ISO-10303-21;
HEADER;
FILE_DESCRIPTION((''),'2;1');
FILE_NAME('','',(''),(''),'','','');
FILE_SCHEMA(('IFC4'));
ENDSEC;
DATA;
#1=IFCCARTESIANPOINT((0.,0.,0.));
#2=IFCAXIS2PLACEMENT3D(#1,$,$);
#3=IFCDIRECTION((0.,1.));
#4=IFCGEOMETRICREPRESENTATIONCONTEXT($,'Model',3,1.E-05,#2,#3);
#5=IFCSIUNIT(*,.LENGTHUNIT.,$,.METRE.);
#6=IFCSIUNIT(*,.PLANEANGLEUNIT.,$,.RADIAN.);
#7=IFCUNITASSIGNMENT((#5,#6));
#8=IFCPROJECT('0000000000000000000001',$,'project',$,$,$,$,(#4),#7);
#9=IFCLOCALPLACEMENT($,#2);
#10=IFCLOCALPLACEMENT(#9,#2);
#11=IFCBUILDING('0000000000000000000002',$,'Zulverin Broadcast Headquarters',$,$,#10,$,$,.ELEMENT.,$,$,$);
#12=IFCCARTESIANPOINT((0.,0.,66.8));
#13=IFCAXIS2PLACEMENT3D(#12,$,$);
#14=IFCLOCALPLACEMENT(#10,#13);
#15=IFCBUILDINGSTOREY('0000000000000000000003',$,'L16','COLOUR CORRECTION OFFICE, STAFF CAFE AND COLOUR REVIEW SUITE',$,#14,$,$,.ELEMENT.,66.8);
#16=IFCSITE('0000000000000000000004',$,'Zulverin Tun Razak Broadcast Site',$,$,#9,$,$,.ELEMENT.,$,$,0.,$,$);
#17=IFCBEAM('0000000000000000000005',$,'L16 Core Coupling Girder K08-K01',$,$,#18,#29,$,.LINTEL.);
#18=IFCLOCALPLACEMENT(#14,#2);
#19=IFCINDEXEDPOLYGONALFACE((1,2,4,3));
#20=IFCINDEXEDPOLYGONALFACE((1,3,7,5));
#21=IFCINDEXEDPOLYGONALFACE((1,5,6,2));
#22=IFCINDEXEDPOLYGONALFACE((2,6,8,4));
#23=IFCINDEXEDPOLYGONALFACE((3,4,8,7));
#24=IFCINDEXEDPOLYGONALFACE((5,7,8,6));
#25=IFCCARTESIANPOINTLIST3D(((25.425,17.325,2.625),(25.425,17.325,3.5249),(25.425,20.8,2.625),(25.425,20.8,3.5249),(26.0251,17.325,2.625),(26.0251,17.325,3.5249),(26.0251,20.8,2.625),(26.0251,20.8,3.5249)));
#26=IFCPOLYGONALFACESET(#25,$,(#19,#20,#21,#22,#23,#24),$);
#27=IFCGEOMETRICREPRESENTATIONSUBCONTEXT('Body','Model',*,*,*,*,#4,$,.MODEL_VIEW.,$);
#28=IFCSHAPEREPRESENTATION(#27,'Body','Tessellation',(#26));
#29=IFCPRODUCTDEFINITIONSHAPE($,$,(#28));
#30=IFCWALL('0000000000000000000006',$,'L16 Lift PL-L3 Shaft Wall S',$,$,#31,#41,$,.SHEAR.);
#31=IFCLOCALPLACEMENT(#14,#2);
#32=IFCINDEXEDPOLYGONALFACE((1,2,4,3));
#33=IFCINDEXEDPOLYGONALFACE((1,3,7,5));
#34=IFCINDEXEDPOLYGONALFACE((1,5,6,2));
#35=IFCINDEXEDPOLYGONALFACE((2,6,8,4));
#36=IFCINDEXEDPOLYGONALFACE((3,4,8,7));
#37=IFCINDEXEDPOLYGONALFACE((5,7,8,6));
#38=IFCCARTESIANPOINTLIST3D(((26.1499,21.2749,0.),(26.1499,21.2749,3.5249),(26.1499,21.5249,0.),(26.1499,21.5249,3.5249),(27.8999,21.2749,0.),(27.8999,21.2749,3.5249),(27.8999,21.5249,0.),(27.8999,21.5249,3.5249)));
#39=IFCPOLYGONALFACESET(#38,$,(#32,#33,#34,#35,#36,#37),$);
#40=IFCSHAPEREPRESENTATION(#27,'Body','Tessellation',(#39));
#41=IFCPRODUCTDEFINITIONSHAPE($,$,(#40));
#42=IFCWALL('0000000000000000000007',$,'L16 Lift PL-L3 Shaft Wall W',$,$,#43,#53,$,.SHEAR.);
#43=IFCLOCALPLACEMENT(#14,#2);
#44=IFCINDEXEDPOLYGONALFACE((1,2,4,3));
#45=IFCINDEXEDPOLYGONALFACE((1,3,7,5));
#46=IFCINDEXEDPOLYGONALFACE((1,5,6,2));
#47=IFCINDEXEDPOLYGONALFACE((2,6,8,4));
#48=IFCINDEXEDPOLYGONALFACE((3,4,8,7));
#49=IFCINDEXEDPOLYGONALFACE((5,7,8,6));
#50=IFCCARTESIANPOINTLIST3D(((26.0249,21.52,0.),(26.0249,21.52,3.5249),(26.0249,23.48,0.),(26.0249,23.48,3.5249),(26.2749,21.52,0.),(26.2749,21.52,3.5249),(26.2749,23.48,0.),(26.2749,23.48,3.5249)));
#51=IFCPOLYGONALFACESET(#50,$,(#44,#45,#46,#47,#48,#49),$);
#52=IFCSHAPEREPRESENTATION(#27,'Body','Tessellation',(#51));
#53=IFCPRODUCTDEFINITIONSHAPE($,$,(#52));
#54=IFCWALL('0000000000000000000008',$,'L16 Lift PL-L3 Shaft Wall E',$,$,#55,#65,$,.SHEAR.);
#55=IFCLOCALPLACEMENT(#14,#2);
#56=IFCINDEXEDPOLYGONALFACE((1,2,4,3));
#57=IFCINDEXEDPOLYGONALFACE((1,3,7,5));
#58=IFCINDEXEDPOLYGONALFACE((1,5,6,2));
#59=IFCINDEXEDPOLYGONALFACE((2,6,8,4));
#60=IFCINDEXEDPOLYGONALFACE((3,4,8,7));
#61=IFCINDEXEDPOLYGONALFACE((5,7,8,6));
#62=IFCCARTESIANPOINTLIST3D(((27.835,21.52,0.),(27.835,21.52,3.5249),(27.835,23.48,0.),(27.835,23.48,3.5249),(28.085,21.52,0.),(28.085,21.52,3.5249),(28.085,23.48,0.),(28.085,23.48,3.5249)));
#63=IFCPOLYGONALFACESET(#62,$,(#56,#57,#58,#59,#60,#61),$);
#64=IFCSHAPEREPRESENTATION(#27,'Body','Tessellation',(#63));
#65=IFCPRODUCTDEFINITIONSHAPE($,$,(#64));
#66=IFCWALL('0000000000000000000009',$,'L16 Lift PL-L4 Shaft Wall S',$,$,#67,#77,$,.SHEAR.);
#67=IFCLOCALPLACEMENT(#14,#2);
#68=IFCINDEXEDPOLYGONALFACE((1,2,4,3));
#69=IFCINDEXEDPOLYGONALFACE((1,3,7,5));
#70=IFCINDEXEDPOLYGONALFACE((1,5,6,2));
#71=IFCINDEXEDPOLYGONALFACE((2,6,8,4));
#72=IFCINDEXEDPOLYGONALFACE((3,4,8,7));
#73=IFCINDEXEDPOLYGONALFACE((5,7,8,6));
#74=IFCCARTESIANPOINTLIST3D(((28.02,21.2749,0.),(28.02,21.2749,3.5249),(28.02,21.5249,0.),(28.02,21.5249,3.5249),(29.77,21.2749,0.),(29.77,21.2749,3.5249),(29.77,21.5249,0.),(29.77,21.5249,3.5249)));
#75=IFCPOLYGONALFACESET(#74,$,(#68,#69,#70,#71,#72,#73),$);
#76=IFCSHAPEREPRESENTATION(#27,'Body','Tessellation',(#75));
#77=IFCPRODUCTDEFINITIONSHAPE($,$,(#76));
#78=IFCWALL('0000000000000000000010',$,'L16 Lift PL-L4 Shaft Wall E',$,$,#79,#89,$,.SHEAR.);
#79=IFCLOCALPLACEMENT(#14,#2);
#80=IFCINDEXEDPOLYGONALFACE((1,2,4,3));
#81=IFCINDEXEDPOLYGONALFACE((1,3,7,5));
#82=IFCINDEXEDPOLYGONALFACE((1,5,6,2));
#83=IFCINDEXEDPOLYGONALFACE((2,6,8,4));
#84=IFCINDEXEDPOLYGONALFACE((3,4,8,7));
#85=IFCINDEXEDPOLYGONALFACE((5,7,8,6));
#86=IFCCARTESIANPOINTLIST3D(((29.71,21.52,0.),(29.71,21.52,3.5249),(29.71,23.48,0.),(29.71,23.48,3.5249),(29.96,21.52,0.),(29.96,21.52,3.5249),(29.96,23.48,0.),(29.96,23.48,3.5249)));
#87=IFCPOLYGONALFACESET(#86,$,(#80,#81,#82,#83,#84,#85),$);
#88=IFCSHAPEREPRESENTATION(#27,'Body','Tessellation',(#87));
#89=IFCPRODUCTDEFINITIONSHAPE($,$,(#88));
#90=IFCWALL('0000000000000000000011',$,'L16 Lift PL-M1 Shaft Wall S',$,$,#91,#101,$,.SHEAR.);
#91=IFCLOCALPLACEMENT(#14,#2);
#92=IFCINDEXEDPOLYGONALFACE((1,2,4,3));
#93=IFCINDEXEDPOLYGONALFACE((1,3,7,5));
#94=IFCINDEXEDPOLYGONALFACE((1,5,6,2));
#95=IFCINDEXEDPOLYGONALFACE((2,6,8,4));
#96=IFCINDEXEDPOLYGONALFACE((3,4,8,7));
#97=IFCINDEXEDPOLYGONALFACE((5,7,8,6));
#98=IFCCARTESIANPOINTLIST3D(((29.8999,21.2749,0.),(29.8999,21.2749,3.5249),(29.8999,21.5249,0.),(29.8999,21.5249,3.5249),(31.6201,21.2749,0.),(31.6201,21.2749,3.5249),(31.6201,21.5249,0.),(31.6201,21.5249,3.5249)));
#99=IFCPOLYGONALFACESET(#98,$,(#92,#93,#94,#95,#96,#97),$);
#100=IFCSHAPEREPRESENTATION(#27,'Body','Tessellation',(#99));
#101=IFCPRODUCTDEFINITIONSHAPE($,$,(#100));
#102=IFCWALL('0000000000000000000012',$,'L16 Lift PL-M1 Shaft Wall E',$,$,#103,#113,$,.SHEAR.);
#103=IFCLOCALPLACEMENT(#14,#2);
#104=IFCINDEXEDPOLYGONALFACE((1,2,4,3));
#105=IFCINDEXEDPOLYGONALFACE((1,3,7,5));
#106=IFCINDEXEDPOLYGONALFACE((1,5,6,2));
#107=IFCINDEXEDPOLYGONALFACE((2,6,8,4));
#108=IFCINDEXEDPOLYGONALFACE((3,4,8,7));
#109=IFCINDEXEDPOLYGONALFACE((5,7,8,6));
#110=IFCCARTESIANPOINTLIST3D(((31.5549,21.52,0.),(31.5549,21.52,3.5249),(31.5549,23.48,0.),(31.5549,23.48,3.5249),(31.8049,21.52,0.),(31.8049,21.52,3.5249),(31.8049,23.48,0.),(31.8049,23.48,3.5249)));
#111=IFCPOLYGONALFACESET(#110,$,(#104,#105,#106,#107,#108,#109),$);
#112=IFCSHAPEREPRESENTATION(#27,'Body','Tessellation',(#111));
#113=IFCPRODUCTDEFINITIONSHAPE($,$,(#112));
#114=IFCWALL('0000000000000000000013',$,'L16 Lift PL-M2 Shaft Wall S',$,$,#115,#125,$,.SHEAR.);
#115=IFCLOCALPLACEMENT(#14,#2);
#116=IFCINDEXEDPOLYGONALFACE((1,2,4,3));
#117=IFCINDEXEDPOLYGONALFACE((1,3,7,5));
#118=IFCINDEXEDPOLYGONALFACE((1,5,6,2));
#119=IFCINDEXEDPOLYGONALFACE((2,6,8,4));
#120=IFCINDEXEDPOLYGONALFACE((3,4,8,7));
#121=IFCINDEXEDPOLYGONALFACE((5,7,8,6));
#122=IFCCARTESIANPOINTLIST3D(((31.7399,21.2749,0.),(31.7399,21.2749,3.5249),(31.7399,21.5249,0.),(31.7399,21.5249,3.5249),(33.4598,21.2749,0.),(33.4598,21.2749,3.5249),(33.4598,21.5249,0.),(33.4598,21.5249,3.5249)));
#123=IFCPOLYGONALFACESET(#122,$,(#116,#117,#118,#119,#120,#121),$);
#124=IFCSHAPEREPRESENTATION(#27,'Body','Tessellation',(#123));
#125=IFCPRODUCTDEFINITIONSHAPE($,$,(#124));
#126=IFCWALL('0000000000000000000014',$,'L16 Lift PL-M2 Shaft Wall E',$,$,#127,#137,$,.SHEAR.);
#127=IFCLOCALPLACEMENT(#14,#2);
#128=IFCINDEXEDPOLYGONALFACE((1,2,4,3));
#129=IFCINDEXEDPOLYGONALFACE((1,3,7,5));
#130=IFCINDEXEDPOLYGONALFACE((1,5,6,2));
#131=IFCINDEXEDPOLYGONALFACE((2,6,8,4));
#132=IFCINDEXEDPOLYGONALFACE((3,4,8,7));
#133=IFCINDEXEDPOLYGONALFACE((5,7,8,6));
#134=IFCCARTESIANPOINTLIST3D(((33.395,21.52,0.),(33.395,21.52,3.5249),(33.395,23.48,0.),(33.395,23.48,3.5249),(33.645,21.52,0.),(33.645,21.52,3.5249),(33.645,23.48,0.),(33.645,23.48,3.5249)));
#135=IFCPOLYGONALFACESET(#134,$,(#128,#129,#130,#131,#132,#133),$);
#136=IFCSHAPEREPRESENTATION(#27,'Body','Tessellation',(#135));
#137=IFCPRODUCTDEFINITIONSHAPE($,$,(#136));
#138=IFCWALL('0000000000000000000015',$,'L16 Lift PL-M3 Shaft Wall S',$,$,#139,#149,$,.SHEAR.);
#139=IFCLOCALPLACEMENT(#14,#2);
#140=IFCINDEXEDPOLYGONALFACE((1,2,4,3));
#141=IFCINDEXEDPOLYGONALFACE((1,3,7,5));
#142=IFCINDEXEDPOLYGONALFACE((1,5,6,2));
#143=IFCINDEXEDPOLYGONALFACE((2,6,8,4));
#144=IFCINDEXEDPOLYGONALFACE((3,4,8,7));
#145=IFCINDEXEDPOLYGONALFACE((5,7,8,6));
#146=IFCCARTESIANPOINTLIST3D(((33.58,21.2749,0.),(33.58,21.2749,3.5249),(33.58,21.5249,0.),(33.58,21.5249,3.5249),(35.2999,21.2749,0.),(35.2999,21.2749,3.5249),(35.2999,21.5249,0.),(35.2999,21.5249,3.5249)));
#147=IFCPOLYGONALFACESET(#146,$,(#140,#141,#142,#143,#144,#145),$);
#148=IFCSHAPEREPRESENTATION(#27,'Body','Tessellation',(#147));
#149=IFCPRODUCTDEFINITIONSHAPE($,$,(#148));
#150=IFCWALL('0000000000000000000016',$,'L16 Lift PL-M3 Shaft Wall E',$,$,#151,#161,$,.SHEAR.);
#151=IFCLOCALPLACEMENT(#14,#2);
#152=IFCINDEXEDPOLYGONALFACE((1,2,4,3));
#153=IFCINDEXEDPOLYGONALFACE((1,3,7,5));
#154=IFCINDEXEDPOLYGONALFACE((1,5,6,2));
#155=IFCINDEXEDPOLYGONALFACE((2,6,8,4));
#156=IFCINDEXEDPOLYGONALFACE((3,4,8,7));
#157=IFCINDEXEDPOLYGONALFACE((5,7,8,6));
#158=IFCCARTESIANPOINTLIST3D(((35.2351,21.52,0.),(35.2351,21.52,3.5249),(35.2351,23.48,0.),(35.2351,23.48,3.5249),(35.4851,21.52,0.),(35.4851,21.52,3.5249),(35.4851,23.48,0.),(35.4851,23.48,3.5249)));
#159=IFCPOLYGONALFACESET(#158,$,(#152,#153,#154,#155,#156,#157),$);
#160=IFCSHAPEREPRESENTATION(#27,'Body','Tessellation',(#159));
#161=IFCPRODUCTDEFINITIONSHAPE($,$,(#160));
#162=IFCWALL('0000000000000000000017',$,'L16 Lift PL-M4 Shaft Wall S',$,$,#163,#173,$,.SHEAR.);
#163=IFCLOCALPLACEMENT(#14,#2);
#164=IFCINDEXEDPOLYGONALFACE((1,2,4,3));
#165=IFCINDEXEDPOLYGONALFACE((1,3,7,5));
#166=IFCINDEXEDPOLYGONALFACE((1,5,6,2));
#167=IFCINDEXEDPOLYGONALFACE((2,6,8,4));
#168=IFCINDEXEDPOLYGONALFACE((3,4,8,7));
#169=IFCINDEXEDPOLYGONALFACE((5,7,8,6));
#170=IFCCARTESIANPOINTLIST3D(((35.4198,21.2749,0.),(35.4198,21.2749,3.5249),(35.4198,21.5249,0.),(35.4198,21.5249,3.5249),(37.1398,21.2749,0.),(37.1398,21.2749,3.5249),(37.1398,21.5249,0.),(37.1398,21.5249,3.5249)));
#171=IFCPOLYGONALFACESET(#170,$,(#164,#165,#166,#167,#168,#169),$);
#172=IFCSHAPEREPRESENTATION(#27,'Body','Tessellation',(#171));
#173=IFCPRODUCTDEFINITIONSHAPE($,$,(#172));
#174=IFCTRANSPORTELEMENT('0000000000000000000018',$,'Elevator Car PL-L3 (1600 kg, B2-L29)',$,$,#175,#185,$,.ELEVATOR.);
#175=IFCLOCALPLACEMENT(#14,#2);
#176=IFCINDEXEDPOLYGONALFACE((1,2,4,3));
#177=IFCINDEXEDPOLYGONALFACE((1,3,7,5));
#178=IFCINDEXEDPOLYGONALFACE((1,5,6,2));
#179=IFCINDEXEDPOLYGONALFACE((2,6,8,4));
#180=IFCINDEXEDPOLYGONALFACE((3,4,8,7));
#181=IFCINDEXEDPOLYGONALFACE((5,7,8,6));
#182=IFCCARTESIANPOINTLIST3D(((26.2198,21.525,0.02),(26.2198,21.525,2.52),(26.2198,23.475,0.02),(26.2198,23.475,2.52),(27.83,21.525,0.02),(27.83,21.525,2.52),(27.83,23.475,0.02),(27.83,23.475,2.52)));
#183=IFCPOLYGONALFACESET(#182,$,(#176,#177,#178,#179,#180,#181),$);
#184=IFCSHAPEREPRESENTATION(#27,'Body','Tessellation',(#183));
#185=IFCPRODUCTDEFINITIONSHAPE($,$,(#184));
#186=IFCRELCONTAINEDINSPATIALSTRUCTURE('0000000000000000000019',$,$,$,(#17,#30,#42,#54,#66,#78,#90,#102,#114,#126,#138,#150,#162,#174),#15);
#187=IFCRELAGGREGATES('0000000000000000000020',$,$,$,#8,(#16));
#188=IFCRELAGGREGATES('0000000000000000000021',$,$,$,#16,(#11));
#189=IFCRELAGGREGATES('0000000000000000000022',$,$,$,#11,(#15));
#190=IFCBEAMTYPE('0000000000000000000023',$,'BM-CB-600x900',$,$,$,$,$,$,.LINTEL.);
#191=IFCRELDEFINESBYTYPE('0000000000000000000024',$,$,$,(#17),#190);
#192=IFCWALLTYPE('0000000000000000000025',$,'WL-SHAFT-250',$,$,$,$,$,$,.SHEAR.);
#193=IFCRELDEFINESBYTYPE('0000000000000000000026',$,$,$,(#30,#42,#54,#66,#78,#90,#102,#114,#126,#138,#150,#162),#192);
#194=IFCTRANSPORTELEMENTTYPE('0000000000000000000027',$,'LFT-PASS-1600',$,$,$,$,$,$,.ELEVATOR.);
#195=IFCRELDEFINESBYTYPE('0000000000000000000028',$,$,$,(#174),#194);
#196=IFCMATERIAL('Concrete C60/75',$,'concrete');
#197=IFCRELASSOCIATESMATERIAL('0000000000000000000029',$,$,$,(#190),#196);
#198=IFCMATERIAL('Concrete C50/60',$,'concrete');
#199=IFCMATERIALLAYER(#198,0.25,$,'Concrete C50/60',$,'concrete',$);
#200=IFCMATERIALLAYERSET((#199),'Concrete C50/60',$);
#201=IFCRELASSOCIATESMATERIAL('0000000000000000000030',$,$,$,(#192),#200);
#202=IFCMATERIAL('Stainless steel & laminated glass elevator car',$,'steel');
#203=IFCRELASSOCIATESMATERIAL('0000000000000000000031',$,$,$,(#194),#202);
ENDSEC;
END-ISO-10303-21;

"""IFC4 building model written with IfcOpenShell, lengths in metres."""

from ifc_helpers import new_model, si_unit, direction, frame, frame_2d, origin, origin_2d, place, context, subcontext, project, spatial, rectangle, extrude, material, layer, layer_set, material_profile, profile_set, type_object, element, save


model = new_model("IFC4")

# Units and contexts
model_context = context("Model", 3, precision=1e-05, world=origin(), true_north=direction((0.0, 1.0)))
body_context = subcontext(model_context, "Body", "Model", "MODEL_VIEW")
ifc_project = project(units=[si_unit("LENGTHUNIT", "METRE"), si_unit("PLANEANGLEUNIT", "RADIAN")], contexts=[model_context])

# Site, building, storey
site_placement = place(None, origin())
site = spatial("IfcSite", under=ifc_project, at=site_placement, Name="Zulverin Tun Razak Broadcast Site", CompositionType="ELEMENT", RefElevation=0.0)
building_placement = place(site_placement, origin())
building = spatial("IfcBuilding", under=site, at=building_placement, Name="Zulverin Broadcast Headquarters", CompositionType="ELEMENT")
storey_placement = place(building_placement, frame((0.0, 0.0, 66.8)))
storey = spatial("IfcBuildingStorey", under=building, at=storey_placement, Name="L16", Description="COLOUR CORRECTION OFFICE, STAFF CAFE AND COLOUR REVIEW SUITE", CompositionType="ELEMENT", Elevation=66.8)

# Beam
ifc_material_1 = material(Name="Concrete C60/75", Category="concrete")
ifc_material_profile = material_profile(ifc_material_1, rectangle(XDim=0.6001, YDim=0.8999, at=origin_2d()), Name="Concrete C60/75", Category="concrete")
ifc_profile_set = profile_set([ifc_material_profile], Name="Concrete C60/75")
beam_type = type_object("IfcBeamType", Name="BM-CB-600x900", PredefinedType="LINTEL", material=ifc_profile_set)
beam_placement = place(storey_placement, frame((25.7251, 20.8, 3.075), z_axis=(0.0, -1.0, 0.0), x_axis=(1.0, 0.0, 0.0)))
element("IfcBeam", 1, at=beam_placement, inside=storey, type_object=beam_type, Name="L16 Core Coupling Girder K08-K01", PredefinedType="LINTEL", context=body_context, shape_type="SweptSolid", body=[
    extrude(rectangle(XDim=0.6001, YDim=0.8999, at=origin_2d()), origin(), (0.0, 0.0, 1.0), 3.4751),
])

# Wall
ifc_material_2 = material(Name="Concrete C50/60", Category="concrete")
ifc_layer = layer(ifc_material_2, 0.25, Name="Concrete C50/60", Category="concrete")
ifc_layer_set = layer_set([ifc_layer], Name="Concrete C50/60")
wall_type = type_object("IfcWallType", Name="WL-SHAFT-250", PredefinedType="SHEAR", material=ifc_layer_set)
wall_1_placement = place(storey_placement, frame((26.1499, 21.3999, 0.0), z_axis=(0.0, 0.0, 1.0), x_axis=(1.0, 0.0, 0.0)))
element("IfcWall", 2, at=wall_1_placement, inside=storey, type_object=wall_type, Name="L16 Lift PL-L3 Shaft Wall S", PredefinedType="SHEAR", context=body_context, shape_type="SweptSolid", body=[
    extrude(rectangle(XDim=1.75, YDim=0.25, at=frame_2d((0.875, 0.0))), origin(), (0.0, 0.0, 1.0), 3.5249),
])

# Walls
for number, where, z_axis, x_axis, name in (
    (3, (26.1499, 21.52, 0.0), (0.0, 0.0, 1.0), (0.0, 1.0, 0.0), "L16 Lift PL-L3 Shaft Wall W"),
    (4, (27.96, 21.52, 0.0), (0.0, 0.0, 1.0), (0.0, 1.0, 0.0), "L16 Lift PL-L3 Shaft Wall E"),
):
    element("IfcWall", number, at=place(storey_placement, frame(where, z_axis=z_axis, x_axis=x_axis)), inside=storey, type_object=wall_type, Name=name, PredefinedType="SHEAR", context=body_context, shape_type="SweptSolid", body=[
        extrude(rectangle(XDim=1.96, YDim=0.25, at=frame_2d((0.98, 0.0))), origin(), (0.0, 0.0, 1.0), 3.5249),
    ])
wall_2_placement = place(storey_placement, frame((28.02, 21.3999, 0.0), z_axis=(0.0, 0.0, 1.0), x_axis=(1.0, 0.0, 0.0)))
element("IfcWall", 5, at=wall_2_placement, inside=storey, type_object=wall_type, Name="L16 Lift PL-L4 Shaft Wall S", PredefinedType="SHEAR", context=body_context, shape_type="SweptSolid", body=[
    extrude(rectangle(XDim=1.75, YDim=0.25, at=frame_2d((0.875, 0.0))), origin(), (0.0, 0.0, 1.0), 3.5249),
])

# Walls
wall_3_placement = place(storey_placement, frame((29.835, 21.52, 0.0), z_axis=(0.0, 0.0, 1.0), x_axis=(0.0, 1.0, 0.0)))
element("IfcWall", 6, at=wall_3_placement, inside=storey, type_object=wall_type, Name="L16 Lift PL-L4 Shaft Wall E", PredefinedType="SHEAR", context=body_context, shape_type="SweptSolid", body=[
    extrude(rectangle(XDim=1.96, YDim=0.25, at=frame_2d((0.98, 0.0))), origin(), (0.0, 0.0, 1.0), 3.5249),
])
wall_4_placement = place(storey_placement, frame((29.8999, 21.3999, 0.0), z_axis=(0.0, 0.0, 1.0), x_axis=(1.0, 0.0, 0.0)))
element("IfcWall", 7, at=wall_4_placement, inside=storey, type_object=wall_type, Name="L16 Lift PL-M1 Shaft Wall S", PredefinedType="SHEAR", context=body_context, shape_type="SweptSolid", body=[
    extrude(rectangle(XDim=1.7202, YDim=0.25, at=frame_2d((0.8601, 0.0))), origin(), (0.0, 0.0, 1.0), 3.5249),
])
wall_5_placement = place(storey_placement, frame((31.6799, 21.52, 0.0), z_axis=(0.0, 0.0, 1.0), x_axis=(0.0, 1.0, 0.0)))
element("IfcWall", 8, at=wall_5_placement, inside=storey, type_object=wall_type, Name="L16 Lift PL-M1 Shaft Wall E", PredefinedType="SHEAR", context=body_context, shape_type="SweptSolid", body=[
    extrude(rectangle(XDim=1.96, YDim=0.25, at=frame_2d((0.98, 0.0))), origin(), (0.0, 0.0, 1.0), 3.5249),
])
wall_6_placement = place(storey_placement, frame((31.74, 21.3999, 0.0), z_axis=(0.0, 0.0, 1.0), x_axis=(1.0, 0.0, 0.0)))
element("IfcWall", 9, at=wall_6_placement, inside=storey, type_object=wall_type, Name="L16 Lift PL-M2 Shaft Wall S", PredefinedType="SHEAR", context=body_context, shape_type="SweptSolid", body=[
    extrude(rectangle(XDim=1.72, YDim=0.25, at=frame_2d((0.8599, 0.0))), origin(), (0.0, 0.0, 1.0), 3.5249),
])
wall_7_placement = place(storey_placement, frame((33.52, 21.52, 0.0), z_axis=(0.0, 0.0, 1.0), x_axis=(0.0, 1.0, 0.0)))
element("IfcWall", 10, at=wall_7_placement, inside=storey, type_object=wall_type, Name="L16 Lift PL-M2 Shaft Wall E", PredefinedType="SHEAR", context=body_context, shape_type="SweptSolid", body=[
    extrude(rectangle(XDim=1.96, YDim=0.25, at=frame_2d((0.98, 0.0))), origin(), (0.0, 0.0, 1.0), 3.5249),
])
wall_8_placement = place(storey_placement, frame((33.5801, 21.3999, 0.0), z_axis=(0.0, 0.0, 1.0), x_axis=(1.0, 0.0, 0.0)))
element("IfcWall", 11, at=wall_8_placement, inside=storey, type_object=wall_type, Name="L16 Lift PL-M3 Shaft Wall S", PredefinedType="SHEAR", context=body_context, shape_type="SweptSolid", body=[
    extrude(rectangle(XDim=1.72, YDim=0.25, at=frame_2d((0.8599, 0.0))), origin(), (0.0, 0.0, 1.0), 3.5249),
])
wall_9_placement = place(storey_placement, frame((35.3601, 21.52, 0.0), z_axis=(0.0, 0.0, 1.0), x_axis=(0.0, 1.0, 0.0)))
element("IfcWall", 12, at=wall_9_placement, inside=storey, type_object=wall_type, Name="L16 Lift PL-M3 Shaft Wall E", PredefinedType="SHEAR", context=body_context, shape_type="SweptSolid", body=[
    extrude(rectangle(XDim=1.96, YDim=0.25, at=frame_2d((0.98, 0.0))), origin(), (0.0, 0.0, 1.0), 3.5249),
])
wall_10_placement = place(storey_placement, frame((35.4199, 21.3999, 0.0), z_axis=(0.0, 0.0, 1.0), x_axis=(1.0, 0.0, 0.0)))
element("IfcWall", 13, at=wall_10_placement, inside=storey, type_object=wall_type, Name="L16 Lift PL-M4 Shaft Wall S", PredefinedType="SHEAR", context=body_context, shape_type="SweptSolid", body=[
    extrude(rectangle(XDim=1.72, YDim=0.25, at=frame_2d((0.8599, 0.0))), origin(), (0.0, 0.0, 1.0), 3.5249),
])

# Transport element
ifc_material_3 = material(Name="Stainless steel & laminated glass elevator car", Category="steel")
transport_element_type = type_object("IfcTransportElementType", Name="LFT-PASS-1600", PredefinedType="ELEVATOR", material=ifc_material_3)
transport_element_placement = place(storey_placement, frame((27.0249, 22.5, 0.02), z_axis=(0.0, 0.0, 1.0), x_axis=(1.0, 0.0, 0.0)))
element("IfcTransportElement", 14, at=transport_element_placement, inside=storey, type_object=transport_element_type, Name="Elevator Car PL-L3 (1600 kg, B2-L29)", PredefinedType="ELEVATOR", context=body_context, shape_type="SweptSolid", body=[
    extrude(rectangle(XDim=1.6101, YDim=1.95, at=origin_2d()), origin(), (0.0, 0.0, 1.0), 2.5),
])

save(model, "model.ifc")
